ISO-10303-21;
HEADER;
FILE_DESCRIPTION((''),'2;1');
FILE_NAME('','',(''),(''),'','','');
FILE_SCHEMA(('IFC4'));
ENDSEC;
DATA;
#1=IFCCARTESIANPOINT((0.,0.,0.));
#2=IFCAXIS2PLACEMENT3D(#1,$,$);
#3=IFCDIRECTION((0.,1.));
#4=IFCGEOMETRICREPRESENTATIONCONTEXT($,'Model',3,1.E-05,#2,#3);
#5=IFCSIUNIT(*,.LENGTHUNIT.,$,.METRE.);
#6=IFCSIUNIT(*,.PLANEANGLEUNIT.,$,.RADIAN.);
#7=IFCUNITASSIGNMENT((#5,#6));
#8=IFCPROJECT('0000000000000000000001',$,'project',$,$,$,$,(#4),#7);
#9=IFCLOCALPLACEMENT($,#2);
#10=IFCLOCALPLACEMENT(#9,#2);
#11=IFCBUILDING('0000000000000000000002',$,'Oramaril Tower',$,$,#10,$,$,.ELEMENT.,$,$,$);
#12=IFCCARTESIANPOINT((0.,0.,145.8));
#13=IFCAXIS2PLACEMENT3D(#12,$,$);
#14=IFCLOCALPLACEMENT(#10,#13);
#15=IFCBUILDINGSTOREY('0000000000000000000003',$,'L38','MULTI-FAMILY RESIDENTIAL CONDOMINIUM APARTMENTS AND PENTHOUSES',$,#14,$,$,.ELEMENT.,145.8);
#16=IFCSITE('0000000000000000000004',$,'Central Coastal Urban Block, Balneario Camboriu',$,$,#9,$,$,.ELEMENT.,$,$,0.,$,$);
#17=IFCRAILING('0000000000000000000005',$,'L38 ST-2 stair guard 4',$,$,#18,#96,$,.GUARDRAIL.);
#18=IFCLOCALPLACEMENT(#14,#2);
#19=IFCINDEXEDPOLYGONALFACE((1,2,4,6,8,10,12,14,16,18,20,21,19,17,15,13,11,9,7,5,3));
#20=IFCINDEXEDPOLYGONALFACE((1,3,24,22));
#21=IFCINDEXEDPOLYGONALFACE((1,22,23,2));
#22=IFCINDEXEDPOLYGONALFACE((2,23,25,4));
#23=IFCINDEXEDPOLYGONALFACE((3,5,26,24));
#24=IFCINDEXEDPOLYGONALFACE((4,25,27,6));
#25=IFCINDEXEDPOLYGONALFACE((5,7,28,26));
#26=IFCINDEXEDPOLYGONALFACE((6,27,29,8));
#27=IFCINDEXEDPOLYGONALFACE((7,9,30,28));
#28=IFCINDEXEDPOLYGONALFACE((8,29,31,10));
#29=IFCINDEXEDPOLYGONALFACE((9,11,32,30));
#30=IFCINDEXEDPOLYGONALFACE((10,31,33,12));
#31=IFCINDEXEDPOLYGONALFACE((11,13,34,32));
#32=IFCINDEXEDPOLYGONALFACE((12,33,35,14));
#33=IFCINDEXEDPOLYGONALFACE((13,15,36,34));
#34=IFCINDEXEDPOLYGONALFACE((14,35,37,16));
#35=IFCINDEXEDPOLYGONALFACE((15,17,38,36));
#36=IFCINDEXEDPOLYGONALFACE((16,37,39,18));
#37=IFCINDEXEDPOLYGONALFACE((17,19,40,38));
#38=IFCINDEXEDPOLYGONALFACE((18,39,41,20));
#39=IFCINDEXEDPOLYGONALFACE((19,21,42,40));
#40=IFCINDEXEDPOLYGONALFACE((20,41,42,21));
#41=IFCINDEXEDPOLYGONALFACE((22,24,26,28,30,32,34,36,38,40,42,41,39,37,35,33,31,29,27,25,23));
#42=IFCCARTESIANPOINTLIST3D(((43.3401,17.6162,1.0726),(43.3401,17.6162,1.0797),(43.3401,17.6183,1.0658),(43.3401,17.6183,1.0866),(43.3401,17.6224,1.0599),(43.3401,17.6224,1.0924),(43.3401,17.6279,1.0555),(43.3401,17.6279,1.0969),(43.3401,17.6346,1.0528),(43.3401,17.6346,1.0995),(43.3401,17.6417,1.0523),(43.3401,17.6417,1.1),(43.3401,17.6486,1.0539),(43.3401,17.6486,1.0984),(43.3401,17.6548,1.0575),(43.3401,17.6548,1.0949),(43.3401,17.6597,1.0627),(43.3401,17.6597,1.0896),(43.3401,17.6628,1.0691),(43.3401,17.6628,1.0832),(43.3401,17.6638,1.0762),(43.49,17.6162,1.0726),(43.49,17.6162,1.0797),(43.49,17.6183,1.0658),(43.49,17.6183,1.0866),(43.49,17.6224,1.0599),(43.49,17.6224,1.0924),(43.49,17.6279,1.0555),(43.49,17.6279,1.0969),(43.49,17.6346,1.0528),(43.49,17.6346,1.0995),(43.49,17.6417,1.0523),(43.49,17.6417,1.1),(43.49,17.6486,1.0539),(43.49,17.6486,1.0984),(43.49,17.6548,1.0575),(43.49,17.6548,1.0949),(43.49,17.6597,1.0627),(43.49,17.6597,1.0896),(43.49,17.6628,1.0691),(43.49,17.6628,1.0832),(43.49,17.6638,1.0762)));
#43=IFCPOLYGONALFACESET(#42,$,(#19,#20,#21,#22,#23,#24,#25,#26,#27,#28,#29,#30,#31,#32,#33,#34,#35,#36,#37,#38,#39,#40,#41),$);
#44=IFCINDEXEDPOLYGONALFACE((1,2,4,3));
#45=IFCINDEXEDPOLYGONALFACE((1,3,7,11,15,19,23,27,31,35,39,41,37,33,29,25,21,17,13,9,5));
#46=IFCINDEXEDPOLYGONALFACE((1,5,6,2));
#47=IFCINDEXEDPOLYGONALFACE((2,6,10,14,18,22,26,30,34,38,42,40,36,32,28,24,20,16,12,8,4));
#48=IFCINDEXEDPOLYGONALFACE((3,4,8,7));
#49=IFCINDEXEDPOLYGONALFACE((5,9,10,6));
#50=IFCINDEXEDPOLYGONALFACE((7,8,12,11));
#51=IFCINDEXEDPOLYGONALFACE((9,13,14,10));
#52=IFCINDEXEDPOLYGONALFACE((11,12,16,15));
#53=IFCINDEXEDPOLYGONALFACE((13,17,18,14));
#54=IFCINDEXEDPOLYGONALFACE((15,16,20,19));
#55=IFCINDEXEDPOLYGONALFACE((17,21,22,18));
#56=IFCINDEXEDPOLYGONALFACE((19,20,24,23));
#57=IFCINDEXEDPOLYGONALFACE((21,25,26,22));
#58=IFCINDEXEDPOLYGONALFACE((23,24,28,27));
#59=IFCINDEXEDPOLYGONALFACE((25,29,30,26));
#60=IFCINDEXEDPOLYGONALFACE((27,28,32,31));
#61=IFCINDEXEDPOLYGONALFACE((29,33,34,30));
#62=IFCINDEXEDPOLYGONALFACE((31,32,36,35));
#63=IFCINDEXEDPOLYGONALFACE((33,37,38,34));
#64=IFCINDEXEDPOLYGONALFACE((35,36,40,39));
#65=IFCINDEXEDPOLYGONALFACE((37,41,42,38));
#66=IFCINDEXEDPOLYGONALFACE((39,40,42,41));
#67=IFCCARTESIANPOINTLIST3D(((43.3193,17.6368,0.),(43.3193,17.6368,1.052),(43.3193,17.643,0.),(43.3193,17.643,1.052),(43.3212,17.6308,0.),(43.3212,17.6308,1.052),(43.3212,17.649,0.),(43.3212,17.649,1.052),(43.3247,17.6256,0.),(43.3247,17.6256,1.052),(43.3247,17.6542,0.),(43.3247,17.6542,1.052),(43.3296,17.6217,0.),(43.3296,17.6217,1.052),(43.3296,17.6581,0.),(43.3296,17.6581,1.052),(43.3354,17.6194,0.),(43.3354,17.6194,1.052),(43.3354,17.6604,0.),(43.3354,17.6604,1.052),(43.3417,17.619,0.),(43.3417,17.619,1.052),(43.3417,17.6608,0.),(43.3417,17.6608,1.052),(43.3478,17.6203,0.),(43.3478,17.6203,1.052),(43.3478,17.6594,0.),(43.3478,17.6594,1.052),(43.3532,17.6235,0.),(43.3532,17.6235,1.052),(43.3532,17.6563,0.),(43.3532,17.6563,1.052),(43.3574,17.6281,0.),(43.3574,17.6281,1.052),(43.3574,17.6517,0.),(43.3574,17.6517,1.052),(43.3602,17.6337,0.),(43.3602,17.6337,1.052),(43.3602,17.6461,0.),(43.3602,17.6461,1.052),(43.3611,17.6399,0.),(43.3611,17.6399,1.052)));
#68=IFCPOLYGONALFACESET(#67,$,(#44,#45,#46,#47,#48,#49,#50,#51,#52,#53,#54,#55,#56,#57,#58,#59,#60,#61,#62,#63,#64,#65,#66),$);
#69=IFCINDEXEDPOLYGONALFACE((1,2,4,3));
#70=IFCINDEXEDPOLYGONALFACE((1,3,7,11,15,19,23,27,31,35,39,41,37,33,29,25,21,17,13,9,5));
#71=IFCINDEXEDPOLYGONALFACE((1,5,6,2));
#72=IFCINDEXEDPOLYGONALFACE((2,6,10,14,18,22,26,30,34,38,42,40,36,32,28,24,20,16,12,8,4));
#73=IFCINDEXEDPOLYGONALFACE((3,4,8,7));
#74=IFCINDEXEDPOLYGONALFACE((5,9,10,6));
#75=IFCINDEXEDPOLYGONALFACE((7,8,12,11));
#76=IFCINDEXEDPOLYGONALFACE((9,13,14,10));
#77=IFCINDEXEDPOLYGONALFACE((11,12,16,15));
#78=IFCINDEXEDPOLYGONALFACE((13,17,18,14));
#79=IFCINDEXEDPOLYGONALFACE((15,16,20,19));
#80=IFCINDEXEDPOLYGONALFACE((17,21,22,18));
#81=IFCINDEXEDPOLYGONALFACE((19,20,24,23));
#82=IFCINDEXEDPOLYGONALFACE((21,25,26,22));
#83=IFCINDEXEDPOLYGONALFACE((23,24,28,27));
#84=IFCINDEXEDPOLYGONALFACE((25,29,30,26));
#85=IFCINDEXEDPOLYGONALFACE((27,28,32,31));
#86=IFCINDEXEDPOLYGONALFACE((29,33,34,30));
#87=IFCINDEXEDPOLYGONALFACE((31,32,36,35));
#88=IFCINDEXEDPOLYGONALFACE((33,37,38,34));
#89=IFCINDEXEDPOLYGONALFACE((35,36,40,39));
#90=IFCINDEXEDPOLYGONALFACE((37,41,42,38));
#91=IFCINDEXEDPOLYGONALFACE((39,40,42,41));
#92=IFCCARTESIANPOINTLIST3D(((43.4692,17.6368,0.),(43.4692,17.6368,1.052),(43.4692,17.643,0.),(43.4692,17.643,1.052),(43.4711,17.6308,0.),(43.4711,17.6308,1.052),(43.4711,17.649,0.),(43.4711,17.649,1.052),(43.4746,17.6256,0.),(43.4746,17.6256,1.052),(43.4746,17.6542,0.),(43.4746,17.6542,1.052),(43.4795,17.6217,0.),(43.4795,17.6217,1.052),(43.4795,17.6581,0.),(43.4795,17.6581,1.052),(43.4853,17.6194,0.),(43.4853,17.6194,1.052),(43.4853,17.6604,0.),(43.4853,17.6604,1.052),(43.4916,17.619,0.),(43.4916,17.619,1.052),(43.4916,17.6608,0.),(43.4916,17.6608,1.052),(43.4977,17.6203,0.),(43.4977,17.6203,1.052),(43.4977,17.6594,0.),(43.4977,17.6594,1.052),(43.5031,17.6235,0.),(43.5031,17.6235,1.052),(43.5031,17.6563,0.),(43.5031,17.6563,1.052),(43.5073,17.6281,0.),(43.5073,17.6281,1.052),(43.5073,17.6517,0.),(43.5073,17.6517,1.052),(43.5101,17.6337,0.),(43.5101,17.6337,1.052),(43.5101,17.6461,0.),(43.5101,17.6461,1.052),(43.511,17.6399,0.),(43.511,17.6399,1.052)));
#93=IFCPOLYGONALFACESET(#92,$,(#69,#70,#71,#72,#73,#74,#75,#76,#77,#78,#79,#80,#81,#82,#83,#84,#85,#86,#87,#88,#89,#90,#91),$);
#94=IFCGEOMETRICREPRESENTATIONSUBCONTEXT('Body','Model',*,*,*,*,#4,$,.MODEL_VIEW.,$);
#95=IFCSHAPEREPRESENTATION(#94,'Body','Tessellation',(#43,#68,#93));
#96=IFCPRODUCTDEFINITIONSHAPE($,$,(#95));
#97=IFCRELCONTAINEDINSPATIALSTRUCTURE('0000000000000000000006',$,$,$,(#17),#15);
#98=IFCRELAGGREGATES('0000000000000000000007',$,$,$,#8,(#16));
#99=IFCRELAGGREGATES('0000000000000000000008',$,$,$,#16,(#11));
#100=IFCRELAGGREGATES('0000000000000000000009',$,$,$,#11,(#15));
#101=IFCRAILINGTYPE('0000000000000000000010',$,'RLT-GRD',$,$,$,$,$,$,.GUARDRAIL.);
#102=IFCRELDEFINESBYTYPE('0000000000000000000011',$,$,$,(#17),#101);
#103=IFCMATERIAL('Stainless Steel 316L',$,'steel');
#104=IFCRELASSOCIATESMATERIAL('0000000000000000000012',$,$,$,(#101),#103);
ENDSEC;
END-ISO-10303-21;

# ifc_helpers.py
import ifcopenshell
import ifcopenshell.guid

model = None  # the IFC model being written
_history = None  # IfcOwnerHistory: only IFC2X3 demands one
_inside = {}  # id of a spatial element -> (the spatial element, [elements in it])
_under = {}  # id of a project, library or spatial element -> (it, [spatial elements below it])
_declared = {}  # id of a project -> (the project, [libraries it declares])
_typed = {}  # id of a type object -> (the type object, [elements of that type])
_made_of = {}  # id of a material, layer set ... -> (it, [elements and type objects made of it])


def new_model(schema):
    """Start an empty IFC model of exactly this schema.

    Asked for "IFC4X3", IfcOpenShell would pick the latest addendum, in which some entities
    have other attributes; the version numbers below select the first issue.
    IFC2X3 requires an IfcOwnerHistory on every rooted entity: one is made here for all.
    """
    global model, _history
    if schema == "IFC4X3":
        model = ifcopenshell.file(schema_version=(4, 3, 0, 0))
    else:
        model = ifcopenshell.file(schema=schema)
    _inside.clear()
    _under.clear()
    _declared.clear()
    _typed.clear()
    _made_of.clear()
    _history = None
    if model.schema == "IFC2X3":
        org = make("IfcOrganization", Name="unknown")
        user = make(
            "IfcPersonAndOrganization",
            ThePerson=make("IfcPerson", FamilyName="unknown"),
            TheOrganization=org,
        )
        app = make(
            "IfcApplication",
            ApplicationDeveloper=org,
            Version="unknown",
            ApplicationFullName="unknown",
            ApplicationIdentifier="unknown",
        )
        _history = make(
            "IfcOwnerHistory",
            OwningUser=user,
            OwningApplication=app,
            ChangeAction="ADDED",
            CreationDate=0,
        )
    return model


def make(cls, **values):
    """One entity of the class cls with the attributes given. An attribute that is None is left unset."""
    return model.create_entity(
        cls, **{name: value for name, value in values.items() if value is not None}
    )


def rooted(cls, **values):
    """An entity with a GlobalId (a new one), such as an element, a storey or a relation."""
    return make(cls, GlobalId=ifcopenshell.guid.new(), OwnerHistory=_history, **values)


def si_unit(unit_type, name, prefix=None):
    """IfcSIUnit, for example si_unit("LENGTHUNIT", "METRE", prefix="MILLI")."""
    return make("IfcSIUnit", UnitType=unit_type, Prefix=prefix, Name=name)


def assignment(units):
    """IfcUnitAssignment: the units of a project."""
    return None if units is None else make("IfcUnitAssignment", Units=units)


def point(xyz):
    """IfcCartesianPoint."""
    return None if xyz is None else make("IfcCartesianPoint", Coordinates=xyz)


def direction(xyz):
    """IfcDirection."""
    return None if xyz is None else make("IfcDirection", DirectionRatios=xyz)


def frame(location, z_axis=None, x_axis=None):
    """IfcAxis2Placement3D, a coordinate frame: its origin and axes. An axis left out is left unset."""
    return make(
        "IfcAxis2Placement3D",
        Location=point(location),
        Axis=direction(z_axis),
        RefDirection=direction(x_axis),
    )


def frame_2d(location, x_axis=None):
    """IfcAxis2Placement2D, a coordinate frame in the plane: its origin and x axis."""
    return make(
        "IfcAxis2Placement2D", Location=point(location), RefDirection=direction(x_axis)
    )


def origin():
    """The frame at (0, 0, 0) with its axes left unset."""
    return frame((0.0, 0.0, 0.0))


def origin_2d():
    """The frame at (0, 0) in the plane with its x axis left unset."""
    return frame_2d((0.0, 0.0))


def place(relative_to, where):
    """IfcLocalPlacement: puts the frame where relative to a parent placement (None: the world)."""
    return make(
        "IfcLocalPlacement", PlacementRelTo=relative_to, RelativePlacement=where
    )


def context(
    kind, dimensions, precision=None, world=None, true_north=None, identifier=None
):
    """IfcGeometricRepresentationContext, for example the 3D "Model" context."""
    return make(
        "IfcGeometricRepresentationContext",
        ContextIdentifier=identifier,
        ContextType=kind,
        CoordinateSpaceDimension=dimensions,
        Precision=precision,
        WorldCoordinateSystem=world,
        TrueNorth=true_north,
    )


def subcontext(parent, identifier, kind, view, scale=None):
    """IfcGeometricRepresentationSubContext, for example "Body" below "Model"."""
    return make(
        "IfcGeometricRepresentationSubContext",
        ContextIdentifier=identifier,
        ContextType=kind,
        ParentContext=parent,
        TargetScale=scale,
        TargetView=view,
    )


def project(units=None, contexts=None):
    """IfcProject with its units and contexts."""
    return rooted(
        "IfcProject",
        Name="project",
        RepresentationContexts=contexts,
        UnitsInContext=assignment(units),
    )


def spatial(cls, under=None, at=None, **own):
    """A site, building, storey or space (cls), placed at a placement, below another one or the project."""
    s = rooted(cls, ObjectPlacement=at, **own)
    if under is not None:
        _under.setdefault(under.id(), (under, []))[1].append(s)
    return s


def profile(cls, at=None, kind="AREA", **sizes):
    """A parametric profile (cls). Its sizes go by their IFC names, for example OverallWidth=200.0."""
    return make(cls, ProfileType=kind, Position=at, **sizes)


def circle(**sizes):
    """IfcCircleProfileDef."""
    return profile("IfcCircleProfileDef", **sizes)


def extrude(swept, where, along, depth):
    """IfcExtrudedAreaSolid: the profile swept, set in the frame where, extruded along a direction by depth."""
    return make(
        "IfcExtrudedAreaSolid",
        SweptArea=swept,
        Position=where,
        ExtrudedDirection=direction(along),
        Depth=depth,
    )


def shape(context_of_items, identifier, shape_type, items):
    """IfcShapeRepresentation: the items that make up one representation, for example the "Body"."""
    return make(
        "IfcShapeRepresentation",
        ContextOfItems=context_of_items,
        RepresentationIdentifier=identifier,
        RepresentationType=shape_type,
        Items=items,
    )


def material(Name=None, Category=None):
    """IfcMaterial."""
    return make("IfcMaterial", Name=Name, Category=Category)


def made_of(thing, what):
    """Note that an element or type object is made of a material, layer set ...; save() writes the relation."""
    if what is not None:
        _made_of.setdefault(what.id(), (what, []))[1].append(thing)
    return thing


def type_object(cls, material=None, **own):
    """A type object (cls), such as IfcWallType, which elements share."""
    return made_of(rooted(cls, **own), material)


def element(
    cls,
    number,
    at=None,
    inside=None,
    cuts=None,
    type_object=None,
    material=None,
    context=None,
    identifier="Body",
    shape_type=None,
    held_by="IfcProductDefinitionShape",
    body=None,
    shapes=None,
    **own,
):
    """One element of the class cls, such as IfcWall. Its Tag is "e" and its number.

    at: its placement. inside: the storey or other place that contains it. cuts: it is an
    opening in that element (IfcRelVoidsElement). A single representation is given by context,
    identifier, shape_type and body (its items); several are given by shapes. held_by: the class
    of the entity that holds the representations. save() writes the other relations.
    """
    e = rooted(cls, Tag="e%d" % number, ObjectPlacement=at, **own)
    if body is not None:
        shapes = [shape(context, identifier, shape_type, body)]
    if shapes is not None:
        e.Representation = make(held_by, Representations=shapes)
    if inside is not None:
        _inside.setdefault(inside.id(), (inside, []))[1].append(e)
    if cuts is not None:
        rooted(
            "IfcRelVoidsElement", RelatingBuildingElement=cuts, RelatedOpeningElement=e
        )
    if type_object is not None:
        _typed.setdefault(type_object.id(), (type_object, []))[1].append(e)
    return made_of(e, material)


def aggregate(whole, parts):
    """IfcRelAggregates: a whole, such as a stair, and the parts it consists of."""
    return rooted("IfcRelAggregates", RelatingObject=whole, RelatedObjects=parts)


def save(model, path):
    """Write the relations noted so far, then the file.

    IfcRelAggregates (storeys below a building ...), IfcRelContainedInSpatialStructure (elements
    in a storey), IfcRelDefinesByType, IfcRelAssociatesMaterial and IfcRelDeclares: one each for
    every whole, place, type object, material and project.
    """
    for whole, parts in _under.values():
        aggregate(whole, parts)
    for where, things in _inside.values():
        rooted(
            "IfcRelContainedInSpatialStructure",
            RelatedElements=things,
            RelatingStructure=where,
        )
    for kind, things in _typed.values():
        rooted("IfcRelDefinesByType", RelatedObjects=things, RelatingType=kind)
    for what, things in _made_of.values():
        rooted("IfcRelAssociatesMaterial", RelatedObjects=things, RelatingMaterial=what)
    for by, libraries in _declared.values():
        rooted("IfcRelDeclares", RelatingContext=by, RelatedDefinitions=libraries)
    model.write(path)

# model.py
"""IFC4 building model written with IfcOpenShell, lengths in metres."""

from ifc_helpers import new_model, si_unit, direction, frame, origin, origin_2d, place, context, subcontext, project, spatial, circle, extrude, material, type_object, element, save


model = new_model("IFC4")

# Units and contexts
model_context = context("Model", 3, precision=1e-05, world=origin(), true_north=direction((0.0, 1.0)))
body_context = subcontext(model_context, "Body", "Model", "MODEL_VIEW")
ifc_project = project(units=[si_unit("LENGTHUNIT", "METRE"), si_unit("PLANEANGLEUNIT", "RADIAN")], contexts=[model_context])

# Site, building, storey
site_placement = place(None, origin())
site = spatial("IfcSite", under=ifc_project, at=site_placement, Name="Central Coastal Urban Block, Balneario Camboriu", CompositionType="ELEMENT", RefElevation=0.0)
building_placement = place(site_placement, origin())
building = spatial("IfcBuilding", under=site, at=building_placement, Name="Oramaril Tower", CompositionType="ELEMENT")
storey_placement = place(building_placement, frame((0.0, 0.0, 145.8)))
storey = spatial("IfcBuildingStorey", under=building, at=storey_placement, Name="L38", Description="MULTI-FAMILY RESIDENTIAL CONDOMINIUM APARTMENTS AND PENTHOUSES", CompositionType="ELEMENT", Elevation=145.8)

# Railing
ifc_material_1 = material(Name="Stainless Steel 316L", Category="steel")
railing_type_1 = type_object("IfcRailingType", Name="RLT-GRD", PredefinedType="GUARDRAIL", material=ifc_material_1)
railing_1_placement = place(storey_placement, frame((43.3401, 17.6399, 0.0)))
element("IfcRailing", 1, at=railing_1_placement, inside=storey, type_object=railing_type_1, Name="L38 ST-2 stair guard 4", PredefinedType="GUARDRAIL", context=body_context, shape_type="SweptSolid", body=[
    extrude(circle(Radius=0.0239, at=origin_2d()), frame((0.0, 0.0, 1.0762), z_axis=(1.0, 0.0, 0.0), x_axis=(0.0, 1.0, 0.0)), (0.0, 0.0, 1.0), 0.1499),
    extrude(circle(Radius=0.021, at=origin_2d()), origin(), (0.0, 0.0, 1.0), 1.052),
    extrude(circle(Radius=0.021, at=origin_2d()), frame((0.1499, 0.0, 0.0)), (0.0, 0.0, 1.0), 1.052),
])

save(model, "model.ifc")
